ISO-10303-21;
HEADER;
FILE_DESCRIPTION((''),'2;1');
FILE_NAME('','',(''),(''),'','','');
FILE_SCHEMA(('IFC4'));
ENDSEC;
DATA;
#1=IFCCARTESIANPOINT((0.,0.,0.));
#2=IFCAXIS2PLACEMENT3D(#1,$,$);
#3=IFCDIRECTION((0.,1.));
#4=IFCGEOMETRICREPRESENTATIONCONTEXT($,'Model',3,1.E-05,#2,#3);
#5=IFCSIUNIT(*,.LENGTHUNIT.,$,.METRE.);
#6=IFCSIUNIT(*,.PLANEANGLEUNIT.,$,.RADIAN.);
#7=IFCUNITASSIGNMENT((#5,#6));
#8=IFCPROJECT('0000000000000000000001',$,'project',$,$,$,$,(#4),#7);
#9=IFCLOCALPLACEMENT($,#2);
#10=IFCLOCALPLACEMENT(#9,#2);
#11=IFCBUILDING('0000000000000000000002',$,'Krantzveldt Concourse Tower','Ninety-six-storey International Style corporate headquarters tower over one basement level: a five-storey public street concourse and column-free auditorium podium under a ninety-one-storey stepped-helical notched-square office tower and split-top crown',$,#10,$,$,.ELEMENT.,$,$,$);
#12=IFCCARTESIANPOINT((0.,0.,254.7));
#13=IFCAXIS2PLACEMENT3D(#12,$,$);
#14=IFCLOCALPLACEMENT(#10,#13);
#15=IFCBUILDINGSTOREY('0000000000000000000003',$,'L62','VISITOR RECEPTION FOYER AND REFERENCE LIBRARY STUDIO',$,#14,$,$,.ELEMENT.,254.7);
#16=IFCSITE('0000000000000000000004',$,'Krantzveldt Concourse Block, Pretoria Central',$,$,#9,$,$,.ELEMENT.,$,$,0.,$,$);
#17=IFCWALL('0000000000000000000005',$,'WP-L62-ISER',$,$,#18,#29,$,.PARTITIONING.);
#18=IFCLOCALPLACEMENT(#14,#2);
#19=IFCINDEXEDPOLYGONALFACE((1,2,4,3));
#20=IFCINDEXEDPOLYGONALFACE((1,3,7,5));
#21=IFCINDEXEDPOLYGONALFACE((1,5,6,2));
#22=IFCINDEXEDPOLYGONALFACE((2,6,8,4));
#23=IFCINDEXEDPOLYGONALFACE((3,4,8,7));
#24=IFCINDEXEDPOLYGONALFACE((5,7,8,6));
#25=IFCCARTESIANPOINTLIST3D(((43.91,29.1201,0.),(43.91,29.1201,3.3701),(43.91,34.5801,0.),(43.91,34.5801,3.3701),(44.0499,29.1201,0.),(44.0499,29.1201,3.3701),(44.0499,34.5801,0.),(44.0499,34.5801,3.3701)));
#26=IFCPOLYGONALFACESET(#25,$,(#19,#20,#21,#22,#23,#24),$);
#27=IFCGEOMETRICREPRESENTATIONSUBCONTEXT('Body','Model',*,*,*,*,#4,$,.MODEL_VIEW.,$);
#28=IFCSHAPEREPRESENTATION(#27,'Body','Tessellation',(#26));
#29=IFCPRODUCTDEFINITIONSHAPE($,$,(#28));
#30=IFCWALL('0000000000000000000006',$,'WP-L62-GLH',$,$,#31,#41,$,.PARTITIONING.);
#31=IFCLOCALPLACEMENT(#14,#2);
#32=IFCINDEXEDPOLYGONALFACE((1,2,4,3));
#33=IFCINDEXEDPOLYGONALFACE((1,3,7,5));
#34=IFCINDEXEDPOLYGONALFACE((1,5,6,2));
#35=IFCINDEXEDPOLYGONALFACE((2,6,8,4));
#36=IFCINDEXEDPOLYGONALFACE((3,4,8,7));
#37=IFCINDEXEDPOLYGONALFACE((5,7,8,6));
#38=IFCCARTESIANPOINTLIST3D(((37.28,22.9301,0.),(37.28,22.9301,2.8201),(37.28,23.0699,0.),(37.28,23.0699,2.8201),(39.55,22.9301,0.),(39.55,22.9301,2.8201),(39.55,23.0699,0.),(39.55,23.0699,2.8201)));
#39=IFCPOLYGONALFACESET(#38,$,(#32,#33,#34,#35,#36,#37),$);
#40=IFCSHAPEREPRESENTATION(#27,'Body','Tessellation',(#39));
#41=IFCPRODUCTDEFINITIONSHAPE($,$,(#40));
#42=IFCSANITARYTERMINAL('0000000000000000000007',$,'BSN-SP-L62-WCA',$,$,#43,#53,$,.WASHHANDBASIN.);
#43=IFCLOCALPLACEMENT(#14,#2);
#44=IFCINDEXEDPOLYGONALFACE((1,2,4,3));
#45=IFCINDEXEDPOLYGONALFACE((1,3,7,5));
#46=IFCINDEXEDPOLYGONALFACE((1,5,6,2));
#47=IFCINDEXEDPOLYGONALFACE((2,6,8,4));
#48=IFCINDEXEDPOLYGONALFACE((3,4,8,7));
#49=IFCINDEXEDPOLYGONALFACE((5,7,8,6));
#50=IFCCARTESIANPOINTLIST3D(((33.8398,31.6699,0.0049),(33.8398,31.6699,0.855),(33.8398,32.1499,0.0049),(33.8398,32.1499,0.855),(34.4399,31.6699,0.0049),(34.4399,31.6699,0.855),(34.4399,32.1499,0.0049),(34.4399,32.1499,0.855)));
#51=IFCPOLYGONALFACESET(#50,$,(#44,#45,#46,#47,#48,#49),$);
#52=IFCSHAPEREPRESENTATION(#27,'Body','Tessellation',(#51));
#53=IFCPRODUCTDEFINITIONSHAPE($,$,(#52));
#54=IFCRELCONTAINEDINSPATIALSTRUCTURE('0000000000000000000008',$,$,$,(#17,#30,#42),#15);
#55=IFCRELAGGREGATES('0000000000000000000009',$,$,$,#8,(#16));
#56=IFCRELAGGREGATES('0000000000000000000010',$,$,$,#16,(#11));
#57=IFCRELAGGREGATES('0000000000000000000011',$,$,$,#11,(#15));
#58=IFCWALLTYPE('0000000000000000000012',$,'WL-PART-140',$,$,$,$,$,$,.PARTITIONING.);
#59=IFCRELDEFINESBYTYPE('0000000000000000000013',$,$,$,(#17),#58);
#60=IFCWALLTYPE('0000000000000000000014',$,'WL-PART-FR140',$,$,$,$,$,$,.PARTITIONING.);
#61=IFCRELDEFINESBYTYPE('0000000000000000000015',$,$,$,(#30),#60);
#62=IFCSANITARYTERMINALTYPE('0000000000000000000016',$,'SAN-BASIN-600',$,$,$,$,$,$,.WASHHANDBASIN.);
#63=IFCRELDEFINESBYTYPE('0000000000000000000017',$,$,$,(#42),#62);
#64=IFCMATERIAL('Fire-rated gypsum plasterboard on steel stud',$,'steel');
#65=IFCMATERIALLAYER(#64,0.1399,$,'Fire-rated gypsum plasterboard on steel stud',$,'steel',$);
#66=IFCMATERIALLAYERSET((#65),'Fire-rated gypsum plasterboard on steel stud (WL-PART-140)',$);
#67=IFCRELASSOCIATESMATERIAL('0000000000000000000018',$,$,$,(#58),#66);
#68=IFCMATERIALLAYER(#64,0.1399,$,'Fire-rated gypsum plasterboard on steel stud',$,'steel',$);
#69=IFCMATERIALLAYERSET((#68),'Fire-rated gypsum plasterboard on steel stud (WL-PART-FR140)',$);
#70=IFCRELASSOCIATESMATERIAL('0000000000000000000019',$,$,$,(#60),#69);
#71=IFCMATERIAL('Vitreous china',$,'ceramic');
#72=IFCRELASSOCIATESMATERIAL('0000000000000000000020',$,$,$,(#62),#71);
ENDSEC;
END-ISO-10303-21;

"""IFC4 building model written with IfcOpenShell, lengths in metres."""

from ifc_helpers import new_model, si_unit, direction, frame, frame_2d, origin, origin_2d, place, context, subcontext, project, spatial, rectangle, extrude, source, transform, mapped, material, layer, layer_set, type_object, type_shapes, element, save


model = new_model("IFC4")

# Units and contexts
model_context = context("Model", 3, precision=1e-05, world=origin(), true_north=direction((0.0, 1.0)))
body_context = subcontext(model_context, "Body", "Model", "MODEL_VIEW")
ifc_project = project(units=[si_unit("LENGTHUNIT", "METRE"), si_unit("PLANEANGLEUNIT", "RADIAN")], contexts=[model_context])

# Site, building, storey
site_placement = place(None, origin())
site = spatial("IfcSite", under=ifc_project, at=site_placement, Name="Krantzveldt Concourse Block, Pretoria Central", CompositionType="ELEMENT", RefElevation=0.0)
building_placement = place(site_placement, origin())
building = spatial("IfcBuilding", under=site, at=building_placement, Name="Krantzveldt Concourse Tower", Description="Ninety-six-storey International Style corporate headquarters tower over one basement level: a five-storey public street concourse and column-free auditorium podium under a ninety-one-storey stepped-helical notched-square office tower and split-top crown", CompositionType="ELEMENT")
storey_placement = place(building_placement, frame((0.0, 0.0, 254.7)))
storey = spatial("IfcBuildingStorey", under=building, at=storey_placement, Name="L62", Description="VISITOR RECEPTION FOYER AND REFERENCE LIBRARY STUDIO", CompositionType="ELEMENT", Elevation=254.7)

# Shared definitions
ifc_material_1 = material(Name="Fire-rated gypsum plasterboard on steel stud", Category="steel")

# Shared definitions
ifc_layer_1 = layer(ifc_material_1, 0.1399, Name="Fire-rated gypsum plasterboard on steel stud", Category="steel")
ifc_layer_set_1 = layer_set([ifc_layer_1], Name="Fire-rated gypsum plasterboard on steel stud (WL-PART-140)")
wall_type_1 = type_object("IfcWallType", Name="WL-PART-140", PredefinedType="PARTITIONING", material=ifc_layer_set_1)

# Walls
wall_1_placement = place(storey_placement, frame((43.98, 29.1201, 0.0), z_axis=(0.0, 0.0, 1.0), x_axis=(0.0, 1.0, 0.0)))
element("IfcWall", 1, at=wall_1_placement, inside=storey, type_object=wall_type_1, Name="WP-L62-ISER", PredefinedType="PARTITIONING", context=body_context, shape_type="SweptSolid", body=[
    extrude(rectangle(XDim=5.46, YDim=0.1399, at=frame_2d((2.73, 0.0))), origin(), (0.0, 0.0, 1.0), 3.3701),
])
ifc_layer_2 = layer(ifc_material_1, 0.1399, Name="Fire-rated gypsum plasterboard on steel stud", Category="steel")
ifc_layer_set_2 = layer_set([ifc_layer_2], Name="Fire-rated gypsum plasterboard on steel stud (WL-PART-FR140)")
wall_type_2 = type_object("IfcWallType", Name="WL-PART-FR140", PredefinedType="PARTITIONING", material=ifc_layer_set_2)
wall_2_placement = place(storey_placement, frame((37.28, 23.0, 0.0), z_axis=(0.0, 0.0, 1.0), x_axis=(1.0, 0.0, 0.0)))
element("IfcWall", 2, at=wall_2_placement, inside=storey, type_object=wall_type_2, Name="WP-L62-GLH", PredefinedType="PARTITIONING", context=body_context, shape_type="SweptSolid", body=[
    extrude(rectangle(XDim=2.27, YDim=0.1399, at=frame_2d((1.135, 0.0))), origin(), (0.0, 0.0, 1.0), 2.8201),
])

# Sanitary terminal
ifc_material_2 = material(Name="Vitreous china", Category="ceramic")
sanitary_terminal_type = type_object("IfcSanitaryTerminalType", Name="SAN-BASIN-600", PredefinedType="WASHHANDBASIN", material=ifc_material_2)
shared_shape_1 = source(origin(), body_context, "Body", "SweptSolid", [
    extrude(rectangle(XDim=0.6001, YDim=0.48, at=origin_2d()), origin(), (0.0, 0.0, 1.0), 0.8501),
])
type_shapes(sanitary_terminal_type, [shared_shape_1])
sanitary_terminal_placement = place(storey_placement, frame((34.1399, 31.9099, 0.0049), z_axis=(0.0, 0.0, 1.0), x_axis=(1.0, 0.0, 0.0)))
element("IfcSanitaryTerminal", 3, at=sanitary_terminal_placement, inside=storey, type_object=sanitary_terminal_type, Name="BSN-SP-L62-WCA", PredefinedType="WASHHANDBASIN", context=body_context, shape_type="MappedRepresentation", body=[
    mapped(shared_shape_1, transform((0.0, 0.0, 0.0), x_axis=(1.0, 0.0, 0.0), y_axis=(0.0, 1.0, 0.0), z_axis=(0.0, 0.0, 1.0), scale=1.0)),
])

save(model, "model.ifc")
